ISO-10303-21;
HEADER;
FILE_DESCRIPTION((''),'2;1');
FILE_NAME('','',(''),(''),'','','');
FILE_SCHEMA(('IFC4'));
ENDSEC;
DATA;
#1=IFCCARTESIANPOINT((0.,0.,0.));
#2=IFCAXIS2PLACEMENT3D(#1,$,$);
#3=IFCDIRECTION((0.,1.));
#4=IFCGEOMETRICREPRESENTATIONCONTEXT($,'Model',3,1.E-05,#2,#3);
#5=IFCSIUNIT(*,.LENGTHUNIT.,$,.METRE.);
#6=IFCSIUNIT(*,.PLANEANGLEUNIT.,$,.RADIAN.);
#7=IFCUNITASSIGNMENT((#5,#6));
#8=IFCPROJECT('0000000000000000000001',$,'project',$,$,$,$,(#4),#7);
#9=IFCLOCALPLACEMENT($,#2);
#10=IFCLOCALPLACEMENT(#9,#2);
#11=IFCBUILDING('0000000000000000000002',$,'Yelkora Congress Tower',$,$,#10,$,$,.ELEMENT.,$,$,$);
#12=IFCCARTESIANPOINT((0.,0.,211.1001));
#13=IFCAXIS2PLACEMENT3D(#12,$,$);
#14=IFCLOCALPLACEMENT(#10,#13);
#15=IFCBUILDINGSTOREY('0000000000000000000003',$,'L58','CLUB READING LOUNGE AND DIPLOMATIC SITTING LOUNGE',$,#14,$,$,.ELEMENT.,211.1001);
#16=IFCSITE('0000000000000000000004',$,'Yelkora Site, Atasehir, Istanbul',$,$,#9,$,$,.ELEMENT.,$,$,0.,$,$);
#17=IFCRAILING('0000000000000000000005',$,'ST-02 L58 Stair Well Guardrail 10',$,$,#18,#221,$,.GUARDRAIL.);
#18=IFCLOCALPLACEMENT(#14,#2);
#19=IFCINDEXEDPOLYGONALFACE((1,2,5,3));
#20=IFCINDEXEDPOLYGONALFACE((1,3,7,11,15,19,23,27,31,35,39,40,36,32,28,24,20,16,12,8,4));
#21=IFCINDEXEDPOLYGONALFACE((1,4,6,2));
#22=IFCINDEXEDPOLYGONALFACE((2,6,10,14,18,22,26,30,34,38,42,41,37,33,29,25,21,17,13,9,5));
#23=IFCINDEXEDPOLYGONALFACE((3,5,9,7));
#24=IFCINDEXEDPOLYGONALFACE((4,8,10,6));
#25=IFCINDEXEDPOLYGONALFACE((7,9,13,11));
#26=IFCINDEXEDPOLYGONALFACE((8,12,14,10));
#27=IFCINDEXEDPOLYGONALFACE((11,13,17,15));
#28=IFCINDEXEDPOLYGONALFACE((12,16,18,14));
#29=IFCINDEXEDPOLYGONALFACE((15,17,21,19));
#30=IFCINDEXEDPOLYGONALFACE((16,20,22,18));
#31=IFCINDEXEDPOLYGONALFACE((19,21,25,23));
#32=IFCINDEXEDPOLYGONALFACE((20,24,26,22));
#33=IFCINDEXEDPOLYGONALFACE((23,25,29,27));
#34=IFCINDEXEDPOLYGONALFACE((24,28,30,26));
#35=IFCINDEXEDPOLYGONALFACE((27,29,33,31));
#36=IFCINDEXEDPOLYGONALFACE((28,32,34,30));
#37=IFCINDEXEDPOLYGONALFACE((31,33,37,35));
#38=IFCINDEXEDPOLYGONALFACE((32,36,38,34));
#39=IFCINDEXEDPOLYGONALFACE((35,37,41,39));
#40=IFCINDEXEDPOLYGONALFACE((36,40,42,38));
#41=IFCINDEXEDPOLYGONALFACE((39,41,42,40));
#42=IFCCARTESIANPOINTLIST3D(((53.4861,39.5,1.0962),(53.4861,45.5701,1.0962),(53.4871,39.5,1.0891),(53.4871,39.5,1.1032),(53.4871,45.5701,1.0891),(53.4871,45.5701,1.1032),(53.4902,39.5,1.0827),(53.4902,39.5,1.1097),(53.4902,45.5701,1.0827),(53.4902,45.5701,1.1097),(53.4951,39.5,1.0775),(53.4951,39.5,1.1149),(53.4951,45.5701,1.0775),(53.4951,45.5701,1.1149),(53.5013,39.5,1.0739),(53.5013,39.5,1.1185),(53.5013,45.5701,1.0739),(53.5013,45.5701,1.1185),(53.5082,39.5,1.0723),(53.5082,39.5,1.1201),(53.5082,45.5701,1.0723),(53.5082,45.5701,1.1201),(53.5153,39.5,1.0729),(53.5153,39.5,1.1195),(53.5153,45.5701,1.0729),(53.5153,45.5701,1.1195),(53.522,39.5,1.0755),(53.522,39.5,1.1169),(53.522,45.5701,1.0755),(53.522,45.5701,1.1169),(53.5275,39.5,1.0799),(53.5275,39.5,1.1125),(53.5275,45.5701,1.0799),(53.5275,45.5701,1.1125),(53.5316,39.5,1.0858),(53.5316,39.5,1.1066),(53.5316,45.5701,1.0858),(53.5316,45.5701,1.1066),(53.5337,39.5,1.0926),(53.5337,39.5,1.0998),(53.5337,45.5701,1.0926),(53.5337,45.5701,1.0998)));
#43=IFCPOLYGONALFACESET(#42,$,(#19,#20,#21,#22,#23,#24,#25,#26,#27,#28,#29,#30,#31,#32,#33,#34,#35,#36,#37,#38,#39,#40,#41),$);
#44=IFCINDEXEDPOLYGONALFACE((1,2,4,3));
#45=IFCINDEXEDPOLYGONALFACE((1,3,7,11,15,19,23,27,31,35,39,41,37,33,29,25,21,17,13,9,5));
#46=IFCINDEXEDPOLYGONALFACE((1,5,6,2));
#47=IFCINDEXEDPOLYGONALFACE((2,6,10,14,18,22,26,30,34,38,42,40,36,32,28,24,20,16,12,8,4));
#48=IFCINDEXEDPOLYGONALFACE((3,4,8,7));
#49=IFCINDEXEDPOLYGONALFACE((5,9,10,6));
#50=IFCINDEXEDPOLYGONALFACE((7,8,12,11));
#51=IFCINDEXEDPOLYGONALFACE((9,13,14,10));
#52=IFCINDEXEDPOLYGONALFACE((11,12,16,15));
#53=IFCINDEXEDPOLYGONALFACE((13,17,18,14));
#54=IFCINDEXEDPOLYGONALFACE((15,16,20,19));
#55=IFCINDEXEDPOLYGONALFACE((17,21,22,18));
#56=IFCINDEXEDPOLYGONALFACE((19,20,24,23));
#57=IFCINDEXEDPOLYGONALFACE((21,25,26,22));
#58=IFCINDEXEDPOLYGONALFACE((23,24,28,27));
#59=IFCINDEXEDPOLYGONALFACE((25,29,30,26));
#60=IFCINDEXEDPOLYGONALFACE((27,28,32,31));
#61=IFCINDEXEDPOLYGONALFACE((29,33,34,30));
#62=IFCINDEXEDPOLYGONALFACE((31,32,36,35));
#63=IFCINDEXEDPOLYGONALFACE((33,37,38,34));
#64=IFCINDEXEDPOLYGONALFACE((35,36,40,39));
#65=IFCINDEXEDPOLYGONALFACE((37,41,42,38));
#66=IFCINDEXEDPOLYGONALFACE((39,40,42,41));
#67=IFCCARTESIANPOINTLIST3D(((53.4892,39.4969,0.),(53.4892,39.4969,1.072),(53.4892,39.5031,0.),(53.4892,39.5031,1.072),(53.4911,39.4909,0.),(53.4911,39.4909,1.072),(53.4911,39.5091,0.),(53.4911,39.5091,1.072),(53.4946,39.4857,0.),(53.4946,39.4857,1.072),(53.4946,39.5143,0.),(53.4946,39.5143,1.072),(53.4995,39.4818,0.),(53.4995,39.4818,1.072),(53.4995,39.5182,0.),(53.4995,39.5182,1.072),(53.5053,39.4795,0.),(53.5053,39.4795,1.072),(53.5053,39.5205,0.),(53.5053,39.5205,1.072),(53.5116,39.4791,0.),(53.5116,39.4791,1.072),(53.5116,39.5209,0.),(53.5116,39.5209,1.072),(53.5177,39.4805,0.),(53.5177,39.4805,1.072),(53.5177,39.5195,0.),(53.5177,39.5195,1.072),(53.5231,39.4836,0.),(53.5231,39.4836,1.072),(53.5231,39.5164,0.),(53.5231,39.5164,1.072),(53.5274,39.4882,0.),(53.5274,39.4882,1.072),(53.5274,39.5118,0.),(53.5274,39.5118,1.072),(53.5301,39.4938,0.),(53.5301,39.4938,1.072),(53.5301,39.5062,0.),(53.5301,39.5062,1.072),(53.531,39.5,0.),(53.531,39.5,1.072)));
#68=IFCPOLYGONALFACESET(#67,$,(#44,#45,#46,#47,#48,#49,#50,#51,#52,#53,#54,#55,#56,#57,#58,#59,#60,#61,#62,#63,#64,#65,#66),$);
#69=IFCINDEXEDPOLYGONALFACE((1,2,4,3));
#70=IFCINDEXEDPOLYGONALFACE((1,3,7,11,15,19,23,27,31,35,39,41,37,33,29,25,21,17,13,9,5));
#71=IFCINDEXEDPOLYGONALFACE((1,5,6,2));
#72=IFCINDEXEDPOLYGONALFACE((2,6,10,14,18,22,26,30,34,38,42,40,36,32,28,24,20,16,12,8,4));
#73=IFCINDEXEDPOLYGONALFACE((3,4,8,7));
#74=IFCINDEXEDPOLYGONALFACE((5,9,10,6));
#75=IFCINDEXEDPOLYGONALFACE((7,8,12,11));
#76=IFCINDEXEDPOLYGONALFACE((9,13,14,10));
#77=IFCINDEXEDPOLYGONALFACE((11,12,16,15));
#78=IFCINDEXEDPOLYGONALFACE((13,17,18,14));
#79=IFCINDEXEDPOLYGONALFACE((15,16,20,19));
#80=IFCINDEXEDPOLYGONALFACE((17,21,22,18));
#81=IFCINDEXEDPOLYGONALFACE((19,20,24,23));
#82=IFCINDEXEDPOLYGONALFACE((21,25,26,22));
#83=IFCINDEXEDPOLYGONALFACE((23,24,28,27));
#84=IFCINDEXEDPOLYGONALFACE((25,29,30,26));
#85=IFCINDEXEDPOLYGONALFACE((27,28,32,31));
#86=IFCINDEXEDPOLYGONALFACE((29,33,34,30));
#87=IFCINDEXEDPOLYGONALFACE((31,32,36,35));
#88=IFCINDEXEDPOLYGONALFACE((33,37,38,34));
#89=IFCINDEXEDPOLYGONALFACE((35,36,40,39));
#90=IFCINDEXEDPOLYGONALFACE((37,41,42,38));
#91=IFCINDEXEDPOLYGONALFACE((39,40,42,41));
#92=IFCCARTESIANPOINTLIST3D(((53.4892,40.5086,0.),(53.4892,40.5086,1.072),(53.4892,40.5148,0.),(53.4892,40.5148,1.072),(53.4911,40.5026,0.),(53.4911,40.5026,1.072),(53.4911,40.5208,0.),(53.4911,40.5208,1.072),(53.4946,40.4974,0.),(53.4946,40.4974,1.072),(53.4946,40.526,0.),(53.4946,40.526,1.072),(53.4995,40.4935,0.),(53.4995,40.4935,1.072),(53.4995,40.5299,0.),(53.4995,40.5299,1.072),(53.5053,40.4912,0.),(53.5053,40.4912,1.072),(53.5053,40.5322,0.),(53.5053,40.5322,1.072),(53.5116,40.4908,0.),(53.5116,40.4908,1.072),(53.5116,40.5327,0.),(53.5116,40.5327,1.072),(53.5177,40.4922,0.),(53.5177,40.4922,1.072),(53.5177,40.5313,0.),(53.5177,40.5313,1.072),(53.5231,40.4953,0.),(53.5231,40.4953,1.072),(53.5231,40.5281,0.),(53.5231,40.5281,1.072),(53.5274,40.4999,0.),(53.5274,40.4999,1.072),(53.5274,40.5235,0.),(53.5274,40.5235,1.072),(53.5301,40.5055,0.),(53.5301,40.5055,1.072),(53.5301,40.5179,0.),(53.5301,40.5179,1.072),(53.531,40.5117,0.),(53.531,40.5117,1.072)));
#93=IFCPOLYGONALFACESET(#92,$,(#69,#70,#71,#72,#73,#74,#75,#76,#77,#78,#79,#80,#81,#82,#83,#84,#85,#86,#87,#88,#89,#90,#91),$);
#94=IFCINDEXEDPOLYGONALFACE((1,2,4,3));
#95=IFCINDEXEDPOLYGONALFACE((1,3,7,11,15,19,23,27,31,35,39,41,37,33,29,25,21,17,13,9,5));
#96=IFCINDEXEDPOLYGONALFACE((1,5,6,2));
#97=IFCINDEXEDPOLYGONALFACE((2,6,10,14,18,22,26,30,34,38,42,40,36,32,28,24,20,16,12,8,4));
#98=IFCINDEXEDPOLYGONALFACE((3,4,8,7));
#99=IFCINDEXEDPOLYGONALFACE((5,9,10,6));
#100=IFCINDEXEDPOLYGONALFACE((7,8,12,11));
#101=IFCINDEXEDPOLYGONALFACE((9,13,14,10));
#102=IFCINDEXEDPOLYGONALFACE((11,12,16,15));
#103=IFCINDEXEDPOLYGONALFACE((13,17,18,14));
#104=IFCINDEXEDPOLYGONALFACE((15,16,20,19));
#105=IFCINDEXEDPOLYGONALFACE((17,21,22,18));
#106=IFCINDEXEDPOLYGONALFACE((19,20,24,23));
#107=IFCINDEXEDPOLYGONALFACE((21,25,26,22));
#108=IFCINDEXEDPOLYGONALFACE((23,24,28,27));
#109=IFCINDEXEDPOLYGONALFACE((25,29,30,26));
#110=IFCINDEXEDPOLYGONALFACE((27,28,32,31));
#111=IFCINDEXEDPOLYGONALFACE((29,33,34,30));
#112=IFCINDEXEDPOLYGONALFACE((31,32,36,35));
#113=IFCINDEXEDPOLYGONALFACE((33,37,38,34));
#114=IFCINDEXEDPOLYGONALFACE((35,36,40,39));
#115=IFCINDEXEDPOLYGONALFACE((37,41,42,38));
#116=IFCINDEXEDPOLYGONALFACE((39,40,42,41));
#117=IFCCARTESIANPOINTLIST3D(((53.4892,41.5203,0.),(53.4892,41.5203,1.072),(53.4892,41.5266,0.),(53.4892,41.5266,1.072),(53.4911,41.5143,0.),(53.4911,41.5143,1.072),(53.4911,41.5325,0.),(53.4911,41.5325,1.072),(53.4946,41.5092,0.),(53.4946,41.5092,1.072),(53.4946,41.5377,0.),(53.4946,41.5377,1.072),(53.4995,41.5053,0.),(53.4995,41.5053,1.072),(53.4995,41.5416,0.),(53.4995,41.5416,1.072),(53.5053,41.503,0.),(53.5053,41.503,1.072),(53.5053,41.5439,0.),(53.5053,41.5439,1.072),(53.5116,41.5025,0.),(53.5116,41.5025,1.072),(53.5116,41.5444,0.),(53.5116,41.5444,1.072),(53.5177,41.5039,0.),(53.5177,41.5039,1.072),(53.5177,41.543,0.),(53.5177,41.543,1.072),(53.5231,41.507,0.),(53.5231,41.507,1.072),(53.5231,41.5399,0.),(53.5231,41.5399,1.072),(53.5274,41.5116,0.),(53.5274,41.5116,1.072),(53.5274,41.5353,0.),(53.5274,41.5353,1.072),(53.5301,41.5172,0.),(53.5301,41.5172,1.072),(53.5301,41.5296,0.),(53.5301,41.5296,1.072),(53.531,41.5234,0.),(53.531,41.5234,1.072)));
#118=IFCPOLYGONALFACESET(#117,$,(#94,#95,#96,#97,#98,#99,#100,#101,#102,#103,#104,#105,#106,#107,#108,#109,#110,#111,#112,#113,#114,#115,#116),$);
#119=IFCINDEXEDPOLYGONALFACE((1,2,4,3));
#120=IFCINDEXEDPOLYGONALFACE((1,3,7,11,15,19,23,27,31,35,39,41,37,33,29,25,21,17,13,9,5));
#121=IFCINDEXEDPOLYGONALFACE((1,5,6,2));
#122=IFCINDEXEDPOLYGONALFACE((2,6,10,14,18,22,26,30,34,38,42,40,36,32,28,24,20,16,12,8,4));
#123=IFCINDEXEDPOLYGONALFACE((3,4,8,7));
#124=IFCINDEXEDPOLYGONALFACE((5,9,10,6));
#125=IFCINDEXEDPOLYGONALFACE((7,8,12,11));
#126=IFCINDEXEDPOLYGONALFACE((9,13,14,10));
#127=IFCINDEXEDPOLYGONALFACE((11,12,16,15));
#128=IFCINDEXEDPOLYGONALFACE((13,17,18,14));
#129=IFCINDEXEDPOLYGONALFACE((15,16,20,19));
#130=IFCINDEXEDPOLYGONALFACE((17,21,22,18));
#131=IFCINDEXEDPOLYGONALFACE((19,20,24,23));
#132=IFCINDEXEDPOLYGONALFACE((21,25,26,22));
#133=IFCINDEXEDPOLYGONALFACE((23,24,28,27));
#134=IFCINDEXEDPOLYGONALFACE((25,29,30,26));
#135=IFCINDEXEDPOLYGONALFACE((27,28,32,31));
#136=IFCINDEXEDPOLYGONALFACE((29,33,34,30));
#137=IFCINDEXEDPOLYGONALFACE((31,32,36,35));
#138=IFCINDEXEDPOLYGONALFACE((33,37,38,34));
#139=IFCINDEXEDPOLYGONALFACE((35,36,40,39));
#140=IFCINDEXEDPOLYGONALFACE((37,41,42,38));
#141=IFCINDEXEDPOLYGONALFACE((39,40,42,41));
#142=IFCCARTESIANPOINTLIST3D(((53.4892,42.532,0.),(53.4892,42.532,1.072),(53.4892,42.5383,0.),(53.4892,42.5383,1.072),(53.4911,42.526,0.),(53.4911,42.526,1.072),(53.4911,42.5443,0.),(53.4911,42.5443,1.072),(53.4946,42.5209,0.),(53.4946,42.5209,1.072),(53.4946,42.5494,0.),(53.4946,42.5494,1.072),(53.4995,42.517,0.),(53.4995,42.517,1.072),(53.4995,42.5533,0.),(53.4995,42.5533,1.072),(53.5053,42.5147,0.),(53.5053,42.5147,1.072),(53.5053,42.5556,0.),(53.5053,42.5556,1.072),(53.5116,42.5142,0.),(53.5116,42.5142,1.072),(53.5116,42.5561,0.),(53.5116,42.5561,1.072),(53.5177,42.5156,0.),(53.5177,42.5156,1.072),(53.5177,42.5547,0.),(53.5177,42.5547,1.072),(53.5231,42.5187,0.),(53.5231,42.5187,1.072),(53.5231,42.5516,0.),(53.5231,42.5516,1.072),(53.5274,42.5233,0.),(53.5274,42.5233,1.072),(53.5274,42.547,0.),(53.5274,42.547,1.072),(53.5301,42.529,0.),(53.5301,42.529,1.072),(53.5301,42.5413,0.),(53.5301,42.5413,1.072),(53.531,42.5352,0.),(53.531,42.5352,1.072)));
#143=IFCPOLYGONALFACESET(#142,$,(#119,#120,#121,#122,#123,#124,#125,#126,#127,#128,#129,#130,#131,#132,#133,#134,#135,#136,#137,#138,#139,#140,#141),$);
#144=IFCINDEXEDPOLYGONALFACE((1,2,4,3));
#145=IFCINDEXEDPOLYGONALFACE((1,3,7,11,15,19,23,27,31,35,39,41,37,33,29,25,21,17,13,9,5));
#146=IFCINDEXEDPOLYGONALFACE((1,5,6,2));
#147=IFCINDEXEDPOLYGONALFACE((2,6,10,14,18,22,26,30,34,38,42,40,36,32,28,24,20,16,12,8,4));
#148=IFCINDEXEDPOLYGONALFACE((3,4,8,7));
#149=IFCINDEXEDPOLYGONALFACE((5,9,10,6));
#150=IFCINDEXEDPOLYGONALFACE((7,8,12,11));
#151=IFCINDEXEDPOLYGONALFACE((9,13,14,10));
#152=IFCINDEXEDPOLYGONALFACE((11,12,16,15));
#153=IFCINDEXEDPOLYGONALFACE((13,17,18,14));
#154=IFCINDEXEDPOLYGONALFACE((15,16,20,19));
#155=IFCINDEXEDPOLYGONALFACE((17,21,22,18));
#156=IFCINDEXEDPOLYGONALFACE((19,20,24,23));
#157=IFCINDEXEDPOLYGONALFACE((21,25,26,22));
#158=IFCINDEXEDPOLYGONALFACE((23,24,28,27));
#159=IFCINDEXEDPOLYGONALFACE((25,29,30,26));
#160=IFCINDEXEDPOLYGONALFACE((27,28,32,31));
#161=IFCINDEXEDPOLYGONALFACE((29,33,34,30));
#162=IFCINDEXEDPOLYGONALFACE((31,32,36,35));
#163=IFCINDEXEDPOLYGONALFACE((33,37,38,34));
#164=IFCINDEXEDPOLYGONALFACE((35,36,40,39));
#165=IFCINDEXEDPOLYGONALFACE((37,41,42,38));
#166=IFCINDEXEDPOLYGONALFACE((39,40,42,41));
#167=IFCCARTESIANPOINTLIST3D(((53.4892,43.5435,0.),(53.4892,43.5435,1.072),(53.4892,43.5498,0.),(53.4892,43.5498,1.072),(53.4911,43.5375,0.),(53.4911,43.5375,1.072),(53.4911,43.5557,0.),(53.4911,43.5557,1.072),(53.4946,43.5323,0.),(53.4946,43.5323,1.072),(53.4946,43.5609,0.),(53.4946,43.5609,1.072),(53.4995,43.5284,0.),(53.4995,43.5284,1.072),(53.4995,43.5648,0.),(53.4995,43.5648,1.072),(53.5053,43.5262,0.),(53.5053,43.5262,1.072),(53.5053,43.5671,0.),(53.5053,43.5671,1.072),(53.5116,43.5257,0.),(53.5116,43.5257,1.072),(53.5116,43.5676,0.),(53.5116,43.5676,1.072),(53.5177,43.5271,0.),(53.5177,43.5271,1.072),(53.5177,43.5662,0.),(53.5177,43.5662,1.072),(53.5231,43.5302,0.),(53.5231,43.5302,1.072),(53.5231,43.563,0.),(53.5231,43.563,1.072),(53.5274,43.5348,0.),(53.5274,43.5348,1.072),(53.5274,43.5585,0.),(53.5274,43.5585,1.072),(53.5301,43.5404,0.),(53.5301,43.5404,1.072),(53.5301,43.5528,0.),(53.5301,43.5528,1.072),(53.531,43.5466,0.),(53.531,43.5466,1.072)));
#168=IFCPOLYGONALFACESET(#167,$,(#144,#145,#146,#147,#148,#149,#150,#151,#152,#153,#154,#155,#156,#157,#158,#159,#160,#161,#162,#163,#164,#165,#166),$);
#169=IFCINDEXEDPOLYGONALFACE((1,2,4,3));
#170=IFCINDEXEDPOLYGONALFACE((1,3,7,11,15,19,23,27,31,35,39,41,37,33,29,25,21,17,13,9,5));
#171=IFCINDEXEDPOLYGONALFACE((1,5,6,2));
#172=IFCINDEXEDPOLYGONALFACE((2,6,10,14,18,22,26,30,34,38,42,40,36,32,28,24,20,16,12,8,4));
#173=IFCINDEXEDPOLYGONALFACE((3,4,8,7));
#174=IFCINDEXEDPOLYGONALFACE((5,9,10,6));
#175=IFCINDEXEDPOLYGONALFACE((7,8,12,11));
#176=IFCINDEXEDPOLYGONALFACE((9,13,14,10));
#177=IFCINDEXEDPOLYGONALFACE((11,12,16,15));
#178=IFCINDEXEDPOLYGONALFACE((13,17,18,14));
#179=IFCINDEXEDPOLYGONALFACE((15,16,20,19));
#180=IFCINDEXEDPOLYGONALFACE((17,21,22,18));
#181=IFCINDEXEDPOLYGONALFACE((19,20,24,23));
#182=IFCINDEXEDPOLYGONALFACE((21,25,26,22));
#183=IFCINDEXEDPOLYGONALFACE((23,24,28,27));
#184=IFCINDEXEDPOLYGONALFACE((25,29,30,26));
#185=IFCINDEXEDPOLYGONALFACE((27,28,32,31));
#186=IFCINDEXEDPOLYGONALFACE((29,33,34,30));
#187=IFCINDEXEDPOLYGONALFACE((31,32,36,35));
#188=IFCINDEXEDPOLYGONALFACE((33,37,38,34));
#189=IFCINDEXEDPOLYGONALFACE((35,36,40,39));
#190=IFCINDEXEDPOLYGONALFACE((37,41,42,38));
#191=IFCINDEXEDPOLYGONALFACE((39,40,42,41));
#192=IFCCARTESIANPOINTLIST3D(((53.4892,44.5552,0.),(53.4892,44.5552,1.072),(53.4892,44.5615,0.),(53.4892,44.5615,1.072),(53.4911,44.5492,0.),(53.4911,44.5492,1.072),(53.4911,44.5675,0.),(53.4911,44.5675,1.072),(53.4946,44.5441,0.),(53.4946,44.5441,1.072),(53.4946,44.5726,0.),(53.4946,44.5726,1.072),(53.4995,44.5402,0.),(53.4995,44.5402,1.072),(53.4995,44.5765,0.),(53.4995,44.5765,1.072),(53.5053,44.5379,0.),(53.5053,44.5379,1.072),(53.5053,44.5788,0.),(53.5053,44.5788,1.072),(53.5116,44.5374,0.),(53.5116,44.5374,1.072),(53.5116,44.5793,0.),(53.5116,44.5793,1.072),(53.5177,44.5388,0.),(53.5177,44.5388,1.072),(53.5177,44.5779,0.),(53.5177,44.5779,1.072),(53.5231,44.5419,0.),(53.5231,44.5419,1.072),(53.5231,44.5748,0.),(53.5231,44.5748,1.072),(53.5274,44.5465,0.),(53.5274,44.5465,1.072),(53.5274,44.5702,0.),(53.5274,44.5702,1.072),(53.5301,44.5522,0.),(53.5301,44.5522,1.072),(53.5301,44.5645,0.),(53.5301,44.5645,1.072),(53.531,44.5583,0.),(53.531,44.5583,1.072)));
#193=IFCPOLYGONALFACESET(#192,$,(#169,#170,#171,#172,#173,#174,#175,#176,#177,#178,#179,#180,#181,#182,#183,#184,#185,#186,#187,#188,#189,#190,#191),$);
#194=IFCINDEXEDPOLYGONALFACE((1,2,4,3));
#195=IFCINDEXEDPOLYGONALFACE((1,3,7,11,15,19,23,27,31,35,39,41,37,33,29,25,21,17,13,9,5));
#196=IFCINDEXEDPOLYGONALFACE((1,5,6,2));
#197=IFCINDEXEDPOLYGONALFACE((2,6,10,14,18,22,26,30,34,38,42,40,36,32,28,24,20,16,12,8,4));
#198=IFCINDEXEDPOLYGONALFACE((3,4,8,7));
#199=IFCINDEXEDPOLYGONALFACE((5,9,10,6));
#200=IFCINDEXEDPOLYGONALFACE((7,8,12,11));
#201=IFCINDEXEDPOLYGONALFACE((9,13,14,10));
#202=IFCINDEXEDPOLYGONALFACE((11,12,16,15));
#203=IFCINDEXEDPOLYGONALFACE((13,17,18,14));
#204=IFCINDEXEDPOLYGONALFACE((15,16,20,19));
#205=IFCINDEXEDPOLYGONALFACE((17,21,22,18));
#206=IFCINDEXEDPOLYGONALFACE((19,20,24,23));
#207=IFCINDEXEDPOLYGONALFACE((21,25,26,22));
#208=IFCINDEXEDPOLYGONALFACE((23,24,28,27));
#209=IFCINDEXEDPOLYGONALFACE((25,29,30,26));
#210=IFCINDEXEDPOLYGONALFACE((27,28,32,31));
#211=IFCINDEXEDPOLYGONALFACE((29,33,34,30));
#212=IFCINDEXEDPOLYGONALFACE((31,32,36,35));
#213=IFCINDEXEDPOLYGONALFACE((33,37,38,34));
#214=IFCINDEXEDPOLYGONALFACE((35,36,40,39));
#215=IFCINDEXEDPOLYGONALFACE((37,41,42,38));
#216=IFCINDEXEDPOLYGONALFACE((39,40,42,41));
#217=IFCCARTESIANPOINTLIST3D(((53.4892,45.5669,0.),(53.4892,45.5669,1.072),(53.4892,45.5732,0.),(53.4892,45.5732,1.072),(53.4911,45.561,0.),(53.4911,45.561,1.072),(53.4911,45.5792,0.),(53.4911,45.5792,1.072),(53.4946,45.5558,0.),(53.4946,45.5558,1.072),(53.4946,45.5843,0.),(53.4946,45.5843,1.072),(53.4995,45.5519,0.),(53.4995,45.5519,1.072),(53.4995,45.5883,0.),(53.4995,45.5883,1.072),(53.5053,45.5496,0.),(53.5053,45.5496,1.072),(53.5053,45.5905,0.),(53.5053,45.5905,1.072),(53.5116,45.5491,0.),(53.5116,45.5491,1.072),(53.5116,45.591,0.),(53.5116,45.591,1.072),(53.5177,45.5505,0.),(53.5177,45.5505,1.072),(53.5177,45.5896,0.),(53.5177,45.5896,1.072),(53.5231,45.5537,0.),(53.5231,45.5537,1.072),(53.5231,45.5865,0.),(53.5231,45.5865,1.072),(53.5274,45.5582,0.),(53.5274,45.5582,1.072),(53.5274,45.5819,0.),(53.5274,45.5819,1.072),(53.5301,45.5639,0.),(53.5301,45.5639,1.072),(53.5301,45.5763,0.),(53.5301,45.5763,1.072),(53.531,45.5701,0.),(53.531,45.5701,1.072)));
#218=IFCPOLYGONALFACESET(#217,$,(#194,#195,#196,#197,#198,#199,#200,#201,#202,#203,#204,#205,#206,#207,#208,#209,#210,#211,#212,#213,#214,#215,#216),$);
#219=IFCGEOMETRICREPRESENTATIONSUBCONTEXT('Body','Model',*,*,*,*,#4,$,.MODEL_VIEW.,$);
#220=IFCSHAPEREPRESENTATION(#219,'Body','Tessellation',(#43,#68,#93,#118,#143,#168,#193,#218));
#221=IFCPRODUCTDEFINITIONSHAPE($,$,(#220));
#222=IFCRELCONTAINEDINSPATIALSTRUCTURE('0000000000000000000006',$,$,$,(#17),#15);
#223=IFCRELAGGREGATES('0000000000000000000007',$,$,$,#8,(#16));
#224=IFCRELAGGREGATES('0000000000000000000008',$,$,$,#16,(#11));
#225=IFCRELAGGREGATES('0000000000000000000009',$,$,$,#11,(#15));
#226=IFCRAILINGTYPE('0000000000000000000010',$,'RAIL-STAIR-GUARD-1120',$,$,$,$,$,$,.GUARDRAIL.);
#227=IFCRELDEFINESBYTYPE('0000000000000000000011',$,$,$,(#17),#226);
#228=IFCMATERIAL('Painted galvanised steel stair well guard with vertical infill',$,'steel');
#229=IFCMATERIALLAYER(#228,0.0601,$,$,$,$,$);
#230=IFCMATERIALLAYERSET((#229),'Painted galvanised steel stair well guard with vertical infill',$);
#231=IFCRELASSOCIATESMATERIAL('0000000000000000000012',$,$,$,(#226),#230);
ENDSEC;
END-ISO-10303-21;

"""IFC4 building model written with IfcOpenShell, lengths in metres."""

from ifc_helpers import new_model, si_unit, direction, frame, origin, origin_2d, place, context, subcontext, project, spatial, circle, extrude, material, layer, layer_set, type_object, element, save


model = new_model("IFC4")

# Units and contexts
model_context = context("Model", 3, precision=1e-05, world=origin(), true_north=direction((0.0, 1.0)))
body_context = subcontext(model_context, "Body", "Model", "MODEL_VIEW")
ifc_project = project(units=[si_unit("LENGTHUNIT", "METRE"), si_unit("PLANEANGLEUNIT", "RADIAN")], contexts=[model_context])

# Site, building, storey
site_placement = place(None, origin())
site = spatial("IfcSite", under=ifc_project, at=site_placement, Name="Yelkora Site, Atasehir, Istanbul", CompositionType="ELEMENT", RefElevation=0.0)
building_placement = place(site_placement, origin())
building = spatial("IfcBuilding", under=site, at=building_placement, Name="Yelkora Congress Tower", CompositionType="ELEMENT")
storey_placement = place(building_placement, frame((0.0, 0.0, 211.1001)))
storey = spatial("IfcBuildingStorey", under=building, at=storey_placement, Name="L58", Description="CLUB READING LOUNGE AND DIPLOMATIC SITTING LOUNGE", CompositionType="ELEMENT", Elevation=211.1001)

# Railing
ifc_material_1 = material(Name="Painted galvanised steel stair well guard with vertical infill", Category="steel")
ifc_layer_1 = layer(ifc_material_1, 0.0601)
ifc_layer_set_1 = layer_set([ifc_layer_1], Name="Painted galvanised steel stair well guard with vertical infill")
railing_type_1 = type_object("IfcRailingType", Name="RAIL-STAIR-GUARD-1120", PredefinedType="GUARDRAIL", material=ifc_layer_set_1)
railing_1_placement = place(storey_placement, frame((53.51, 39.5, 0.0)))
element("IfcRailing", 1, at=railing_1_placement, inside=storey, type_object=railing_type_1, Name="ST-02 L58 Stair Well Guardrail 10", PredefinedType="GUARDRAIL", context=body_context, shape_type="SweptSolid", body=[
    extrude(circle(Radius=0.0239, at=origin_2d()), frame((0.0, 0.0, 1.0962), z_axis=(0.0, 1.0, 0.0), x_axis=(-1.0, 0.0, 0.0)), (0.0, 0.0, 1.0), 6.0701),
    extrude(circle(Radius=0.021, at=origin_2d()), origin(), (0.0, 0.0, 1.0), 1.072),
    extrude(circle(Radius=0.021, at=origin_2d()), frame((0.0, 1.0117, 0.0)), (0.0, 0.0, 1.0), 1.072),
    extrude(circle(Radius=0.021, at=origin_2d()), frame((0.0, 2.0234, 0.0)), (0.0, 0.0, 1.0), 1.072),
    extrude(circle(Radius=0.021, at=origin_2d()), frame((0.0, 3.0352, 0.0)), (0.0, 0.0, 1.0), 1.072),
    extrude(circle(Radius=0.021, at=origin_2d()), frame((0.0, 4.0466, 0.0)), (0.0, 0.0, 1.0), 1.072),
    extrude(circle(Radius=0.021, at=origin_2d()), frame((0.0, 5.0583, 0.0)), (0.0, 0.0, 1.0), 1.072),
    extrude(circle(Radius=0.021, at=origin_2d()), frame((0.0, 6.0701, 0.0)), (0.0, 0.0, 1.0), 1.072),
])

save(model, "model.ifc")
